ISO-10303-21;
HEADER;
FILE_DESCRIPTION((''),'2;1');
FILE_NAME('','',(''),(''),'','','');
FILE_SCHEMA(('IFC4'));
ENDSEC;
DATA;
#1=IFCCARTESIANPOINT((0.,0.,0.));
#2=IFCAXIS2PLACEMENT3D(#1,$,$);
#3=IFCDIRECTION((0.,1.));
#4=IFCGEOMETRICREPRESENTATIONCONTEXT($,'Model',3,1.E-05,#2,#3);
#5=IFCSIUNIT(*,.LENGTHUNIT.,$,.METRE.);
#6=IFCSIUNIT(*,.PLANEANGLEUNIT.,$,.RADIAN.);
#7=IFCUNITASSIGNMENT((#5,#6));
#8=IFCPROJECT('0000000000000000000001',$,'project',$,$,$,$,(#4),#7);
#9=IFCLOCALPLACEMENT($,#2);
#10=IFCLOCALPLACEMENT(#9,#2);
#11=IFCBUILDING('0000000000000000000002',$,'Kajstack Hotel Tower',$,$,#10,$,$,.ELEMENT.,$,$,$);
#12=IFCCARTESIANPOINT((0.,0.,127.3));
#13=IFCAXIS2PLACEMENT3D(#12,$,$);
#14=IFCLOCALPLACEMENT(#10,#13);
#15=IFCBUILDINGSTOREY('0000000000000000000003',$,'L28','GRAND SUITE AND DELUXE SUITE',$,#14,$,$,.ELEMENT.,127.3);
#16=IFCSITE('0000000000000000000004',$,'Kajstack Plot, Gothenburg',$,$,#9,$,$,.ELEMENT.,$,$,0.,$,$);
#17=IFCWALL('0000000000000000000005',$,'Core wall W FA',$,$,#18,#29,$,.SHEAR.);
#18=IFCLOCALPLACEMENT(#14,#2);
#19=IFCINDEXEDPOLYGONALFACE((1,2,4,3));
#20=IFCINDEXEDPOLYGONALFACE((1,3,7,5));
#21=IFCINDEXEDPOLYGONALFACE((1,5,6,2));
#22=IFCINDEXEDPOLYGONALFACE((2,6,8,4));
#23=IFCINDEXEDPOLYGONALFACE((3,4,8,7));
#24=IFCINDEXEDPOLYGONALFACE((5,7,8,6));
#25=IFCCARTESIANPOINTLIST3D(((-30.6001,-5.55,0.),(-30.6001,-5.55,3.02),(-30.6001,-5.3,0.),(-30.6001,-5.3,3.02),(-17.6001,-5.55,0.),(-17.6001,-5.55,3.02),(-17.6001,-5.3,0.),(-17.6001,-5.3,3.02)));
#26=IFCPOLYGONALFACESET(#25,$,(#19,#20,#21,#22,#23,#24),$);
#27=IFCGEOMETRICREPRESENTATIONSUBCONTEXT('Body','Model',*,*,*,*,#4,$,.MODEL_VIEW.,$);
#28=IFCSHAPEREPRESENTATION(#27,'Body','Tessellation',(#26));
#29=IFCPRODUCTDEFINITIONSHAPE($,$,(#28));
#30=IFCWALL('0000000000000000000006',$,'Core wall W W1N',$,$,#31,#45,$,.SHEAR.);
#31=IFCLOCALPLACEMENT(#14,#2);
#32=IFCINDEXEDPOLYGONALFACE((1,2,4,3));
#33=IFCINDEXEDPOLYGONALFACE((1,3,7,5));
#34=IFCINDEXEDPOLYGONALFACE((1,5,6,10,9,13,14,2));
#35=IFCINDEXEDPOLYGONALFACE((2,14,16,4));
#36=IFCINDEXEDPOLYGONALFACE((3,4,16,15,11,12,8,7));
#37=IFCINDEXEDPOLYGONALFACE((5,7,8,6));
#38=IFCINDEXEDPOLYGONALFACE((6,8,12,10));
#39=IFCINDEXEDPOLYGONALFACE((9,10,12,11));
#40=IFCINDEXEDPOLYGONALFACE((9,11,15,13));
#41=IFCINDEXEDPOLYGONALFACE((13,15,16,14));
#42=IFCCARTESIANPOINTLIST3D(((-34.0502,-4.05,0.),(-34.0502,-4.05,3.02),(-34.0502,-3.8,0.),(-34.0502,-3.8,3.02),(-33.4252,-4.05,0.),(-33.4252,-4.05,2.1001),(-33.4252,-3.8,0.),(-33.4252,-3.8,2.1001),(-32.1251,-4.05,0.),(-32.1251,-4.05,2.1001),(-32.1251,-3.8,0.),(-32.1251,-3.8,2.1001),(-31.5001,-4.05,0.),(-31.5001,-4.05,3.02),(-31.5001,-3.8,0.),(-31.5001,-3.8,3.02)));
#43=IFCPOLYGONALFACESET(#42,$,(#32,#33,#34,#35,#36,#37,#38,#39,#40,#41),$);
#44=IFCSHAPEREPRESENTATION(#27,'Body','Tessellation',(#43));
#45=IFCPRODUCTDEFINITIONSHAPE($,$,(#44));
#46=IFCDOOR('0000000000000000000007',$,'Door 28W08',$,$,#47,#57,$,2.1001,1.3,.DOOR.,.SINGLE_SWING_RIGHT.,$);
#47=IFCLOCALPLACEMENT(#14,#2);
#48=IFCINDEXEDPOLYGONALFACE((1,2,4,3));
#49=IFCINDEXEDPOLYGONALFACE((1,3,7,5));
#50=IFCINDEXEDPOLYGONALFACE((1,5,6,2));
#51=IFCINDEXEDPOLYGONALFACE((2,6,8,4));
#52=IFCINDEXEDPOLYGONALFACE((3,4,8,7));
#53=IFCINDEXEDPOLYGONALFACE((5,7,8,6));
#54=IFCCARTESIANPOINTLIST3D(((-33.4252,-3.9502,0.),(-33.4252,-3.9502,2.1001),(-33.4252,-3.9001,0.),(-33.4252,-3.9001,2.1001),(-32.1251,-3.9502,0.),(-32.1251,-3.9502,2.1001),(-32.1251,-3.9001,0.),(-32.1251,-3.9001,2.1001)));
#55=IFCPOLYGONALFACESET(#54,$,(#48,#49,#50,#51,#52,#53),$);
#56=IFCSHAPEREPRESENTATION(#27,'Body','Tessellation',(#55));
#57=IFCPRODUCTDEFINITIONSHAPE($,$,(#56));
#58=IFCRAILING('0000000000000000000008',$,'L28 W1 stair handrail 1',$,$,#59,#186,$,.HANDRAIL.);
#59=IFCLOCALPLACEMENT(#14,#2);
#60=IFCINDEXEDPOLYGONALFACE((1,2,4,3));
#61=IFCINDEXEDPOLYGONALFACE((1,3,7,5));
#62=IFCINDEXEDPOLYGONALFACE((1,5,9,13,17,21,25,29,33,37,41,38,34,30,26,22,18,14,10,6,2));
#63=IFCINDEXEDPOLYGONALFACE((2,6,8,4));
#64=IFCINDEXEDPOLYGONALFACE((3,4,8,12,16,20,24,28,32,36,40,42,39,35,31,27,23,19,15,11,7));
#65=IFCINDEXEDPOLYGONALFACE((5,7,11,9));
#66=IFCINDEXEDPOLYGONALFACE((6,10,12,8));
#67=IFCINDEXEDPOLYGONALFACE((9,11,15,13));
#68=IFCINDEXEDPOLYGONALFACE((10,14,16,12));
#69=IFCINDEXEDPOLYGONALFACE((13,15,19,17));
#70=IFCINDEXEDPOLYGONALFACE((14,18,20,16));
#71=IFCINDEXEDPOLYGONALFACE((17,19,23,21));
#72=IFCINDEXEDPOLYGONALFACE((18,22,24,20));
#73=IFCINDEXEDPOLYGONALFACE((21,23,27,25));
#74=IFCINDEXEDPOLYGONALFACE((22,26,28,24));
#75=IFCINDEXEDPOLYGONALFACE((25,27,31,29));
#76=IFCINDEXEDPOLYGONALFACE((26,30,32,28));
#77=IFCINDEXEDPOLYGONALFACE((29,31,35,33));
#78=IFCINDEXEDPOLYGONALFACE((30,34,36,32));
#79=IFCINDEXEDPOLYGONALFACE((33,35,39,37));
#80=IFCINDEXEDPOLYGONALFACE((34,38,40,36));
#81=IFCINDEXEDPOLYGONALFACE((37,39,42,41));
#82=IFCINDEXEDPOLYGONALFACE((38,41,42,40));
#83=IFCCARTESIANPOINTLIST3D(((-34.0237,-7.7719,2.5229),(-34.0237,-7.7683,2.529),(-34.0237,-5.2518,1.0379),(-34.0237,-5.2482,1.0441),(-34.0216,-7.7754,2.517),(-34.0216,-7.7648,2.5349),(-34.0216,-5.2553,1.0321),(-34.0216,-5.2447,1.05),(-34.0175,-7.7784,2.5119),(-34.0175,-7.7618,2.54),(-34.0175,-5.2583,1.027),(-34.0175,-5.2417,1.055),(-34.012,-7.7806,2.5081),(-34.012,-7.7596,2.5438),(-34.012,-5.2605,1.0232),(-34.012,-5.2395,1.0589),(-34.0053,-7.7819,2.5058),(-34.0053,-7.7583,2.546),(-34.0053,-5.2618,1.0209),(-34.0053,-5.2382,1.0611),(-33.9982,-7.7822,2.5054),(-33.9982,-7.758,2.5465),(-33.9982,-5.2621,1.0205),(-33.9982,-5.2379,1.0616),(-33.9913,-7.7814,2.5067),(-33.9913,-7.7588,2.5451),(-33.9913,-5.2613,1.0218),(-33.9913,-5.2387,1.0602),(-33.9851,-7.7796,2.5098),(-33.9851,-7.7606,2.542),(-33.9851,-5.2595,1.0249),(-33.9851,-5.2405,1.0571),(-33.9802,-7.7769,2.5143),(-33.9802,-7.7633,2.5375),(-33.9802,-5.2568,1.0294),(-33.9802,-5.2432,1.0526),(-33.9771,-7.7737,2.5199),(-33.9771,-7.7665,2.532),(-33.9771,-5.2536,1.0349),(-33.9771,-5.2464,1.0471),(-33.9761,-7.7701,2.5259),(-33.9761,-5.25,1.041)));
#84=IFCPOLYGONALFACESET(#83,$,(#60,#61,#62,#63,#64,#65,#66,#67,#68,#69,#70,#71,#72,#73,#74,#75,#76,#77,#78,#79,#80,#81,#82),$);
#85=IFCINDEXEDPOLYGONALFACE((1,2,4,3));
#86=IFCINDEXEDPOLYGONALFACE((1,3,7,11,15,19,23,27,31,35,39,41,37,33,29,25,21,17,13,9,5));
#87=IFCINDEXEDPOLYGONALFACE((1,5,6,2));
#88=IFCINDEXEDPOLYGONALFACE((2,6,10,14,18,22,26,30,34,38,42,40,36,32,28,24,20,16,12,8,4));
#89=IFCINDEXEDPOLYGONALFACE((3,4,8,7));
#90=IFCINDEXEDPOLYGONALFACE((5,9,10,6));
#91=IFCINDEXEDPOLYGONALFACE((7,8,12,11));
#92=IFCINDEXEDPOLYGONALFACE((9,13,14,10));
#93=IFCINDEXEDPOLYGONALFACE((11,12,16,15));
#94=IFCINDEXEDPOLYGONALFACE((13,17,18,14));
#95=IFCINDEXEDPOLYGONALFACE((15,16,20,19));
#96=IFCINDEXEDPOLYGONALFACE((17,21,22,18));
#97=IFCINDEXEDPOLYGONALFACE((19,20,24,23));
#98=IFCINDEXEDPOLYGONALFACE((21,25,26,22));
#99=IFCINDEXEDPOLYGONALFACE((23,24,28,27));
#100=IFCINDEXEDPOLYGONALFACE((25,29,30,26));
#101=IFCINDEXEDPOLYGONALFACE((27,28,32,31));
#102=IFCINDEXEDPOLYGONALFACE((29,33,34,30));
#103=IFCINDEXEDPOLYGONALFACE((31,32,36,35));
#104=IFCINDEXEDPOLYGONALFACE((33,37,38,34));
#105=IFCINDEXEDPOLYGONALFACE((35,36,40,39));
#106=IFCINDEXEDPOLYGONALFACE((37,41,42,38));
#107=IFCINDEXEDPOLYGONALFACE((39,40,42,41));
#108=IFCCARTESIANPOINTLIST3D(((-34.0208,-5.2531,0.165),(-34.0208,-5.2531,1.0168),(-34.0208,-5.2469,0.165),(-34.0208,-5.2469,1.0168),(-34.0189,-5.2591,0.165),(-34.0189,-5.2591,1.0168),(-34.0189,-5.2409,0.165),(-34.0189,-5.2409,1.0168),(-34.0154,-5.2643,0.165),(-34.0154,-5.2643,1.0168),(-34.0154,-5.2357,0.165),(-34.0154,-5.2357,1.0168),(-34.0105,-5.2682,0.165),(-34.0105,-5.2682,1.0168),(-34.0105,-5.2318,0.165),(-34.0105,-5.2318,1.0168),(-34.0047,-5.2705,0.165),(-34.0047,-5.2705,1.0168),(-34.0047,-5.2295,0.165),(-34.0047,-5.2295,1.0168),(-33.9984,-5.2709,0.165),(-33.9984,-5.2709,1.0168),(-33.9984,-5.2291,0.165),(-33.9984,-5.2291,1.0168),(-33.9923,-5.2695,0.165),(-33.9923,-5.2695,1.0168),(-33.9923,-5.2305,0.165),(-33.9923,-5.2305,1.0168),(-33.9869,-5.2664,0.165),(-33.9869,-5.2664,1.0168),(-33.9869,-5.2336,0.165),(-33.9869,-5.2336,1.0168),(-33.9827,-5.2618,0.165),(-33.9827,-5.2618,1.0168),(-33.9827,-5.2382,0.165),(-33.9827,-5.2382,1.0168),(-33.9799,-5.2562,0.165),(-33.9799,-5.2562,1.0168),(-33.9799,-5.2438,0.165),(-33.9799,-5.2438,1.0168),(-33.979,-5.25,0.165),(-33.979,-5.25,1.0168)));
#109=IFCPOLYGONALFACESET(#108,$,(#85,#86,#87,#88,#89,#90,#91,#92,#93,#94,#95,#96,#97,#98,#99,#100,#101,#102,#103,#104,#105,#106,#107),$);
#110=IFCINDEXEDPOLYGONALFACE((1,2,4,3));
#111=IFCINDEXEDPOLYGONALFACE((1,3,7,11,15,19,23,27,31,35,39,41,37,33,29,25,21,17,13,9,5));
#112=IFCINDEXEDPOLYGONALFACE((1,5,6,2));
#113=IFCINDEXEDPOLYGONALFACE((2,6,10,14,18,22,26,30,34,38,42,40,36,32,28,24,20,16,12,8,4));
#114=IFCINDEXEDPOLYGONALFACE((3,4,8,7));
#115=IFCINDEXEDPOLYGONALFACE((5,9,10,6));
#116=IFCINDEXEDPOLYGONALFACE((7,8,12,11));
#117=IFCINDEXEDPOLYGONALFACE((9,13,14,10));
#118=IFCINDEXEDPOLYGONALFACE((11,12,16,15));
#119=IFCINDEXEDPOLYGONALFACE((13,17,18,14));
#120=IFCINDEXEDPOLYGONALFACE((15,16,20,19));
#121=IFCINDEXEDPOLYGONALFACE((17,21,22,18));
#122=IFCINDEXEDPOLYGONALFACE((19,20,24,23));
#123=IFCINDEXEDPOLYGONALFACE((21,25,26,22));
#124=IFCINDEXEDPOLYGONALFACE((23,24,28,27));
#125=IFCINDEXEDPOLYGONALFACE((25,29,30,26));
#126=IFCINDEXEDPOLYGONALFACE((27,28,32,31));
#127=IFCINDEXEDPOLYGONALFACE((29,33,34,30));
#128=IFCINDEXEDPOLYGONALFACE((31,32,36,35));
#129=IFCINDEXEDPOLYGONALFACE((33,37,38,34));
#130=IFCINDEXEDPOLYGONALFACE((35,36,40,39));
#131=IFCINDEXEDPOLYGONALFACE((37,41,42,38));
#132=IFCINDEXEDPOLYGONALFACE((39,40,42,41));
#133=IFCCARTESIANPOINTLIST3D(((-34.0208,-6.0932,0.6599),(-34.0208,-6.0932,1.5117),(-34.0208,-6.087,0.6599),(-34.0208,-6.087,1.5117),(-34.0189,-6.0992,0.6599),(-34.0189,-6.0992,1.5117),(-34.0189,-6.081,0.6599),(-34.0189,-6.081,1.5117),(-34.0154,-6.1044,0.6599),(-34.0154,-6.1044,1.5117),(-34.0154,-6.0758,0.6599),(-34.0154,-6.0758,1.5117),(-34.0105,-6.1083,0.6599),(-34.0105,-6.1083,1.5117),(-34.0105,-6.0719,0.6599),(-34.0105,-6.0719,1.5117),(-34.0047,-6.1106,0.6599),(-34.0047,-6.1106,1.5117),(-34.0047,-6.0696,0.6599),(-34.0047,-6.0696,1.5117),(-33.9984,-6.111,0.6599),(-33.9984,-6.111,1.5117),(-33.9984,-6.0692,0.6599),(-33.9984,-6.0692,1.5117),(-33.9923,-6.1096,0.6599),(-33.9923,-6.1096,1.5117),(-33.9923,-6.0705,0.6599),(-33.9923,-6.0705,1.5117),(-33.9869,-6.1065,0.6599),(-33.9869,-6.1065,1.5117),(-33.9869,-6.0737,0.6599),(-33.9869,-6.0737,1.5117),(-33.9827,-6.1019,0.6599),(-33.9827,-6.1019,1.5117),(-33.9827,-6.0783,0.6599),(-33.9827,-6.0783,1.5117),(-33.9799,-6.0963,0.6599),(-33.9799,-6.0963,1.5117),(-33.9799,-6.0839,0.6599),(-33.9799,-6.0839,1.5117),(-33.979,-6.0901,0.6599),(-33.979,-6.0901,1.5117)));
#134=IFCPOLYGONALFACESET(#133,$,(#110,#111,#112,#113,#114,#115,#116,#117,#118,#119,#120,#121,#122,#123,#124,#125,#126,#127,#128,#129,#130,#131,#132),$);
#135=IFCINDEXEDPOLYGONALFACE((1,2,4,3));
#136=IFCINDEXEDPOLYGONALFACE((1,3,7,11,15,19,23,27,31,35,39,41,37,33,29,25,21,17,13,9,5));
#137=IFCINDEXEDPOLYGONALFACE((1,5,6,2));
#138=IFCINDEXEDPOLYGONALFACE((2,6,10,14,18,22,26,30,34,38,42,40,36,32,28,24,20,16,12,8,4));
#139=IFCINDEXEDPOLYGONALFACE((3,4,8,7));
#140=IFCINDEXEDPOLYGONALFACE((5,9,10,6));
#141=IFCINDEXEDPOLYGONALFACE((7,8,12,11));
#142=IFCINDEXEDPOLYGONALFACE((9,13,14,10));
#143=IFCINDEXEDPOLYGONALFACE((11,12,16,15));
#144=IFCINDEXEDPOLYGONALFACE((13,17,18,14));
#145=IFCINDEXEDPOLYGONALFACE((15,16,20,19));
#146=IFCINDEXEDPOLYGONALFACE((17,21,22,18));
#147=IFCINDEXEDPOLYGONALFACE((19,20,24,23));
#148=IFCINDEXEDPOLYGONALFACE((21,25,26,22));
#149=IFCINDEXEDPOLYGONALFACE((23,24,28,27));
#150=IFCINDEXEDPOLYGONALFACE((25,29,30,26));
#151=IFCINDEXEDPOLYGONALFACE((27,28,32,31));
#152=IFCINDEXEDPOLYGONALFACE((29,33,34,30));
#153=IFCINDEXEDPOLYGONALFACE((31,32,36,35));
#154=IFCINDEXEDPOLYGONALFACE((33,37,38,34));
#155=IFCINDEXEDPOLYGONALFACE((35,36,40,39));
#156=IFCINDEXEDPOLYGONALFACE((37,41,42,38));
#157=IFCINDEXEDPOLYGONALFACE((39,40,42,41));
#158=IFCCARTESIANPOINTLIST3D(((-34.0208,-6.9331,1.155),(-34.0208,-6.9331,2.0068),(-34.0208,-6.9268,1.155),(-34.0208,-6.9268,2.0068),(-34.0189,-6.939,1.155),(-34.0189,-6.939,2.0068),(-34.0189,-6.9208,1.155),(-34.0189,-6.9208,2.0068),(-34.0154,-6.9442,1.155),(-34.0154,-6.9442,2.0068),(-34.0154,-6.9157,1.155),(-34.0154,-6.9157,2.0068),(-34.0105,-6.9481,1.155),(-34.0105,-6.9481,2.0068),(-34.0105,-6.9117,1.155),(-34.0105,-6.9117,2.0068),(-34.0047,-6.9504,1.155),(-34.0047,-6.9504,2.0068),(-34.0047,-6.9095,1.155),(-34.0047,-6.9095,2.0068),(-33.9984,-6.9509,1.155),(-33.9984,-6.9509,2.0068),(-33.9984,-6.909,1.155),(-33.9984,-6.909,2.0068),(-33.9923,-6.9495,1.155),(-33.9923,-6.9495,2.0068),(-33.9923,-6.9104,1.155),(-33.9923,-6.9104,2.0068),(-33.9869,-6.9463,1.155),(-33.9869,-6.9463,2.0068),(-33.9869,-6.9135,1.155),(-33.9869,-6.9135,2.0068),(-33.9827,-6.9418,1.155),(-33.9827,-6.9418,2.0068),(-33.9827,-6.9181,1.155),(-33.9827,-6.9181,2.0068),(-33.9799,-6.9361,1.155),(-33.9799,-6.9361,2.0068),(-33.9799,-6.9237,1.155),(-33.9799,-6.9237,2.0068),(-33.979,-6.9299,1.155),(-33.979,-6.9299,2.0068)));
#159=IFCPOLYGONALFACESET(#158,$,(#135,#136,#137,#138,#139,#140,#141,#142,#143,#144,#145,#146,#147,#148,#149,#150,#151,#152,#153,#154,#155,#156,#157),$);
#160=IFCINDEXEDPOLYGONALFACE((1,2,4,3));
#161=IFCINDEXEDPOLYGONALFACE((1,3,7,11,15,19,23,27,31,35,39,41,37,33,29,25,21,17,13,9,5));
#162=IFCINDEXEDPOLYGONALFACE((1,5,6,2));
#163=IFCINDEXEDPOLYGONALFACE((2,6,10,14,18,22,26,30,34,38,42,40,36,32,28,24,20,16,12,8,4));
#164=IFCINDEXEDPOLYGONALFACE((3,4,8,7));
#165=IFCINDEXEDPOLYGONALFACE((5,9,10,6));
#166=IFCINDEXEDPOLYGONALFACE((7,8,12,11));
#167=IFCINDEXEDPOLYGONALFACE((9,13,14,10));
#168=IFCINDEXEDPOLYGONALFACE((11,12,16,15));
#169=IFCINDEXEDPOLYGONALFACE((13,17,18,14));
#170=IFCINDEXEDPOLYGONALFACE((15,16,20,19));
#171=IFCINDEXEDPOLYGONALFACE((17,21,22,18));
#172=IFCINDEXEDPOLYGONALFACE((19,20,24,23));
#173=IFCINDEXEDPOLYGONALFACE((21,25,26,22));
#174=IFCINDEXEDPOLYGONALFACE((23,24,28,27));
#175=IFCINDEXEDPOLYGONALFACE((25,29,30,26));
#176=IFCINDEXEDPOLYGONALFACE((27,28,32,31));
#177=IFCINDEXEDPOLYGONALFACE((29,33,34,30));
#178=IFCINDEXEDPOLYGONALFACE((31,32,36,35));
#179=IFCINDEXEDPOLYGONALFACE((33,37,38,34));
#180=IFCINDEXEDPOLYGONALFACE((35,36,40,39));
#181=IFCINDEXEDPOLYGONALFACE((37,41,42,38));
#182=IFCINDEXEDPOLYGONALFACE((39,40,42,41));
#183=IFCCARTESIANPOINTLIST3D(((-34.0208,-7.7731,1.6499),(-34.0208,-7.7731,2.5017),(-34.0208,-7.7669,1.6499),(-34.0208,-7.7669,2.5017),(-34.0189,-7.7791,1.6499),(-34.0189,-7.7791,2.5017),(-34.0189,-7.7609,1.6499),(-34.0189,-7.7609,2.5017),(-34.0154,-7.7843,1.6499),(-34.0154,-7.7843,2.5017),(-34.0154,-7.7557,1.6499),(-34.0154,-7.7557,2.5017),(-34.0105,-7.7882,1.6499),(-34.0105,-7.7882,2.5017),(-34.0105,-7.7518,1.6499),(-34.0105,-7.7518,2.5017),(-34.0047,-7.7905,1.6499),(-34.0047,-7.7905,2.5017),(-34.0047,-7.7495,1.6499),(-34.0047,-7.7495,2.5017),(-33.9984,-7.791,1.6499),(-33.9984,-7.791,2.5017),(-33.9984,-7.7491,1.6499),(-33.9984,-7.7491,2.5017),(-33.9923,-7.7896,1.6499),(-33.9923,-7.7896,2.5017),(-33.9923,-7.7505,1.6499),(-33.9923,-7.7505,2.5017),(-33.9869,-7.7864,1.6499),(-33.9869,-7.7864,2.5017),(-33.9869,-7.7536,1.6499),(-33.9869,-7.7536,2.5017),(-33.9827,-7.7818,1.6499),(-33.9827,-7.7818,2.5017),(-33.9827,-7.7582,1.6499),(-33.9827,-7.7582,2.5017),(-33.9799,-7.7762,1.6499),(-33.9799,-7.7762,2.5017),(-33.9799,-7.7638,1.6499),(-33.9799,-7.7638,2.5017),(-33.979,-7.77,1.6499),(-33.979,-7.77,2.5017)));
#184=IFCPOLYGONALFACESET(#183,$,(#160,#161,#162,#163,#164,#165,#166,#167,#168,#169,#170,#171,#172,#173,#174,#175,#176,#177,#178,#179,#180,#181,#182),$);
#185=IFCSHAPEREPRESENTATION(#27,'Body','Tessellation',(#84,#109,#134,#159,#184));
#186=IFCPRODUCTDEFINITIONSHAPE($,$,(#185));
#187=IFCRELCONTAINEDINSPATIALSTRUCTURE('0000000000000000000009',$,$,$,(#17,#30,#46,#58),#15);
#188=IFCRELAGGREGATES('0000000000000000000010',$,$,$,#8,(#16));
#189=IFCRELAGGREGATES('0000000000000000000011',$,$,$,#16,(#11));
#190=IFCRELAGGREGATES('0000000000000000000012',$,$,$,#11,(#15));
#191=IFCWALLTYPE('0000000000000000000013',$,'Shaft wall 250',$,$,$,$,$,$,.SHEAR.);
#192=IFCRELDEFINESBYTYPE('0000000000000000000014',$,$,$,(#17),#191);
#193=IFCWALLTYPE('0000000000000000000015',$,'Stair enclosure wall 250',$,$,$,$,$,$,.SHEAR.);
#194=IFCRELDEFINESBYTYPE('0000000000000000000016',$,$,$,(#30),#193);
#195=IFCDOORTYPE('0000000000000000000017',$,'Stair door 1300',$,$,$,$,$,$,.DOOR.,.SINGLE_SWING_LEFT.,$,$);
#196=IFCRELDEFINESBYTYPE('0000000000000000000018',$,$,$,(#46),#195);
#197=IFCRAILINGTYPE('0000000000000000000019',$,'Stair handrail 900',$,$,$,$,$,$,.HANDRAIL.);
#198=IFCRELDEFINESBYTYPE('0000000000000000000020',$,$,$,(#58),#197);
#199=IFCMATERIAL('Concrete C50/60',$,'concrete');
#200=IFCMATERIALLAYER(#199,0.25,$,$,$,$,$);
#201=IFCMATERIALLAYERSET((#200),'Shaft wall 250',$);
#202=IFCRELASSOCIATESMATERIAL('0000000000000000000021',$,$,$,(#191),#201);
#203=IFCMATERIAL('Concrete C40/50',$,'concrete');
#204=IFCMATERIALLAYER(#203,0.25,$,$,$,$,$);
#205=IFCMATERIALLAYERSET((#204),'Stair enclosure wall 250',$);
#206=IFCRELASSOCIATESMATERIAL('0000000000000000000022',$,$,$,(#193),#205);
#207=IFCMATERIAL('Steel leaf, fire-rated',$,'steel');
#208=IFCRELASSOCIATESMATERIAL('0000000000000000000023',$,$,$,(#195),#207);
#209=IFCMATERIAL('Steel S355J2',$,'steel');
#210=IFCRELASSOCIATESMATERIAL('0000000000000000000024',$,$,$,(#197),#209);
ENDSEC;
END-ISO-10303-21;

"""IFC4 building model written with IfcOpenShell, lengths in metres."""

from ifc_helpers import new_model, si_unit, direction, frame, frame_2d, origin, origin_2d, place, context, subcontext, project, spatial, rectangle, circle, extrude, material, layer, layer_set, type_object, element, fill, save


model = new_model("IFC4")

# Units and contexts
model_context = context("Model", 3, precision=1e-05, world=origin(), true_north=direction((0.0, 1.0)))
body_context = subcontext(model_context, "Body", "Model", "MODEL_VIEW")
ifc_project = project(units=[si_unit("LENGTHUNIT", "METRE"), si_unit("PLANEANGLEUNIT", "RADIAN")], contexts=[model_context])

# Site, building, storey
site_placement = place(None, origin())
site = spatial("IfcSite", under=ifc_project, at=site_placement, Name="Kajstack Plot, Gothenburg", CompositionType="ELEMENT", RefElevation=0.0)
building_placement = place(site_placement, origin())
building = spatial("IfcBuilding", under=site, at=building_placement, Name="Kajstack Hotel Tower", CompositionType="ELEMENT")
storey_placement = place(building_placement, frame((0.0, 0.0, 127.3)))
storey = spatial("IfcBuildingStorey", under=building, at=storey_placement, Name="L28", Description="GRAND SUITE AND DELUXE SUITE", CompositionType="ELEMENT", Elevation=127.3)

# Shared definitions
ifc_material_1 = material(Name="Steel leaf, fire-rated", Category="steel")

# Wall
ifc_material_2 = material(Name="Concrete C50/60", Category="concrete")
ifc_layer_1 = layer(ifc_material_2, 0.25)
ifc_layer_set_1 = layer_set([ifc_layer_1], Name="Shaft wall 250")
wall_type_1 = type_object("IfcWallType", Name="Shaft wall 250", PredefinedType="SHEAR", material=ifc_layer_set_1)
wall_1_placement = place(storey_placement, frame((-30.6001, -5.425, 0.0), z_axis=(0.0, 0.0, 1.0), x_axis=(1.0, 0.0, 0.0)))
element("IfcWall", 1, at=wall_1_placement, inside=storey, type_object=wall_type_1, Name="Core wall W FA", PredefinedType="SHEAR", context=body_context, shape_type="SweptSolid", body=[
    extrude(rectangle(XDim=13.0, YDim=0.25, at=frame_2d((6.5, 0.0))), origin(), (0.0, 0.0, 1.0), 3.02),
])

# Wall, opening, door
ifc_material_3 = material(Name="Concrete C40/50", Category="concrete")
ifc_layer_2 = layer(ifc_material_3, 0.25)
ifc_layer_set_2 = layer_set([ifc_layer_2], Name="Stair enclosure wall 250")
wall_type_2 = type_object("IfcWallType", Name="Stair enclosure wall 250", PredefinedType="SHEAR", material=ifc_layer_set_2)
wall_2_placement = place(storey_placement, frame((-34.05, -3.925, 0.0), z_axis=(0.0, 0.0, 1.0), x_axis=(1.0, 0.0, 0.0)))
wall_2 = element("IfcWall", 2, at=wall_2_placement, inside=storey, type_object=wall_type_2, Name="Core wall W W1N", PredefinedType="SHEAR", context=body_context, shape_type="SweptSolid", body=[
    extrude(rectangle(XDim=2.55, YDim=0.25, at=frame_2d((1.2749, 0.0))), origin(), (0.0, 0.0, 1.0), 3.02),
])
opening_1_placement = place(wall_2_placement, frame((0.625, 0.0, 0.0)))
opening_1 = element("IfcOpeningElement", 3, at=opening_1_placement, cuts=wall_2, PredefinedType="OPENING", context=body_context, shape_type="SweptSolid", body=[
    extrude(rectangle(XDim=1.3, YDim=2.1001, at=frame_2d((0.6499, 1.05))), frame((0.0, 0.135, 0.0), z_axis=(0.0, -1.0, 0.0), x_axis=(1.0, 0.0, 0.0)), (0.0, 0.0, 1.0), 0.27),
])
door_type_1 = type_object("IfcDoorType", Name="Stair door 1300", OperationType="SINGLE_SWING_LEFT", PredefinedType="DOOR", material=ifc_material_1)
door_1_placement = place(opening_1_placement, origin())
door_1 = element("IfcDoor", 4, at=door_1_placement, inside=storey, type_object=door_type_1, Name="Door 28W08", OperationType="SINGLE_SWING_RIGHT", OverallHeight=2.1001, OverallWidth=1.3, PredefinedType="DOOR", context=body_context, shape_type="SweptSolid", body=[
    extrude(rectangle(XDim=1.3, YDim=2.1001, at=frame_2d((0.6499, 1.05))), frame((0.0, 0.0249, 0.0), z_axis=(0.0, -1.0, 0.0), x_axis=(1.0, 0.0, 0.0)), (0.0, 0.0, 1.0), 0.05),
])
fill(opening_1, door_1)

# Railing
ifc_material_4 = material(Name="Steel S355J2", Category="steel")
railing_type_1 = type_object("IfcRailingType", Name="Stair handrail 900", PredefinedType="HANDRAIL", material=ifc_material_4)
railing_1_placement = place(storey_placement, frame((-34.0, -5.25, 0.165)))
element("IfcRailing", 5, at=railing_1_placement, inside=storey, type_object=railing_type_1, Name="L28 W1 stair handrail 1", PredefinedType="HANDRAIL", context=body_context, shape_type="SweptSolid", body=[
    extrude(circle(Radius=0.0239, at=origin_2d()), frame((0.0, 0.0, 0.876), z_axis=(0.0, -0.861561, 0.507655), x_axis=(1.0, 0.0, 0.0)), (0.0, 0.0, 1.0), 2.925),
    extrude(circle(Radius=0.021, at=origin_2d()), origin(), (0.0, 0.0, 1.0), 0.8518),
    extrude(circle(Radius=0.021, at=origin_2d()), frame((0.0, -0.8401, 0.4949)), (0.0, 0.0, 1.0), 0.8518),
    extrude(circle(Radius=0.021, at=origin_2d()), frame((0.0, -1.6799, 0.99)), (0.0, 0.0, 1.0), 0.8518),
    extrude(circle(Radius=0.021, at=origin_2d()), frame((0.0, -2.52, 1.4849)), (0.0, 0.0, 1.0), 0.8518),
])

save(model, "model.ifc")
